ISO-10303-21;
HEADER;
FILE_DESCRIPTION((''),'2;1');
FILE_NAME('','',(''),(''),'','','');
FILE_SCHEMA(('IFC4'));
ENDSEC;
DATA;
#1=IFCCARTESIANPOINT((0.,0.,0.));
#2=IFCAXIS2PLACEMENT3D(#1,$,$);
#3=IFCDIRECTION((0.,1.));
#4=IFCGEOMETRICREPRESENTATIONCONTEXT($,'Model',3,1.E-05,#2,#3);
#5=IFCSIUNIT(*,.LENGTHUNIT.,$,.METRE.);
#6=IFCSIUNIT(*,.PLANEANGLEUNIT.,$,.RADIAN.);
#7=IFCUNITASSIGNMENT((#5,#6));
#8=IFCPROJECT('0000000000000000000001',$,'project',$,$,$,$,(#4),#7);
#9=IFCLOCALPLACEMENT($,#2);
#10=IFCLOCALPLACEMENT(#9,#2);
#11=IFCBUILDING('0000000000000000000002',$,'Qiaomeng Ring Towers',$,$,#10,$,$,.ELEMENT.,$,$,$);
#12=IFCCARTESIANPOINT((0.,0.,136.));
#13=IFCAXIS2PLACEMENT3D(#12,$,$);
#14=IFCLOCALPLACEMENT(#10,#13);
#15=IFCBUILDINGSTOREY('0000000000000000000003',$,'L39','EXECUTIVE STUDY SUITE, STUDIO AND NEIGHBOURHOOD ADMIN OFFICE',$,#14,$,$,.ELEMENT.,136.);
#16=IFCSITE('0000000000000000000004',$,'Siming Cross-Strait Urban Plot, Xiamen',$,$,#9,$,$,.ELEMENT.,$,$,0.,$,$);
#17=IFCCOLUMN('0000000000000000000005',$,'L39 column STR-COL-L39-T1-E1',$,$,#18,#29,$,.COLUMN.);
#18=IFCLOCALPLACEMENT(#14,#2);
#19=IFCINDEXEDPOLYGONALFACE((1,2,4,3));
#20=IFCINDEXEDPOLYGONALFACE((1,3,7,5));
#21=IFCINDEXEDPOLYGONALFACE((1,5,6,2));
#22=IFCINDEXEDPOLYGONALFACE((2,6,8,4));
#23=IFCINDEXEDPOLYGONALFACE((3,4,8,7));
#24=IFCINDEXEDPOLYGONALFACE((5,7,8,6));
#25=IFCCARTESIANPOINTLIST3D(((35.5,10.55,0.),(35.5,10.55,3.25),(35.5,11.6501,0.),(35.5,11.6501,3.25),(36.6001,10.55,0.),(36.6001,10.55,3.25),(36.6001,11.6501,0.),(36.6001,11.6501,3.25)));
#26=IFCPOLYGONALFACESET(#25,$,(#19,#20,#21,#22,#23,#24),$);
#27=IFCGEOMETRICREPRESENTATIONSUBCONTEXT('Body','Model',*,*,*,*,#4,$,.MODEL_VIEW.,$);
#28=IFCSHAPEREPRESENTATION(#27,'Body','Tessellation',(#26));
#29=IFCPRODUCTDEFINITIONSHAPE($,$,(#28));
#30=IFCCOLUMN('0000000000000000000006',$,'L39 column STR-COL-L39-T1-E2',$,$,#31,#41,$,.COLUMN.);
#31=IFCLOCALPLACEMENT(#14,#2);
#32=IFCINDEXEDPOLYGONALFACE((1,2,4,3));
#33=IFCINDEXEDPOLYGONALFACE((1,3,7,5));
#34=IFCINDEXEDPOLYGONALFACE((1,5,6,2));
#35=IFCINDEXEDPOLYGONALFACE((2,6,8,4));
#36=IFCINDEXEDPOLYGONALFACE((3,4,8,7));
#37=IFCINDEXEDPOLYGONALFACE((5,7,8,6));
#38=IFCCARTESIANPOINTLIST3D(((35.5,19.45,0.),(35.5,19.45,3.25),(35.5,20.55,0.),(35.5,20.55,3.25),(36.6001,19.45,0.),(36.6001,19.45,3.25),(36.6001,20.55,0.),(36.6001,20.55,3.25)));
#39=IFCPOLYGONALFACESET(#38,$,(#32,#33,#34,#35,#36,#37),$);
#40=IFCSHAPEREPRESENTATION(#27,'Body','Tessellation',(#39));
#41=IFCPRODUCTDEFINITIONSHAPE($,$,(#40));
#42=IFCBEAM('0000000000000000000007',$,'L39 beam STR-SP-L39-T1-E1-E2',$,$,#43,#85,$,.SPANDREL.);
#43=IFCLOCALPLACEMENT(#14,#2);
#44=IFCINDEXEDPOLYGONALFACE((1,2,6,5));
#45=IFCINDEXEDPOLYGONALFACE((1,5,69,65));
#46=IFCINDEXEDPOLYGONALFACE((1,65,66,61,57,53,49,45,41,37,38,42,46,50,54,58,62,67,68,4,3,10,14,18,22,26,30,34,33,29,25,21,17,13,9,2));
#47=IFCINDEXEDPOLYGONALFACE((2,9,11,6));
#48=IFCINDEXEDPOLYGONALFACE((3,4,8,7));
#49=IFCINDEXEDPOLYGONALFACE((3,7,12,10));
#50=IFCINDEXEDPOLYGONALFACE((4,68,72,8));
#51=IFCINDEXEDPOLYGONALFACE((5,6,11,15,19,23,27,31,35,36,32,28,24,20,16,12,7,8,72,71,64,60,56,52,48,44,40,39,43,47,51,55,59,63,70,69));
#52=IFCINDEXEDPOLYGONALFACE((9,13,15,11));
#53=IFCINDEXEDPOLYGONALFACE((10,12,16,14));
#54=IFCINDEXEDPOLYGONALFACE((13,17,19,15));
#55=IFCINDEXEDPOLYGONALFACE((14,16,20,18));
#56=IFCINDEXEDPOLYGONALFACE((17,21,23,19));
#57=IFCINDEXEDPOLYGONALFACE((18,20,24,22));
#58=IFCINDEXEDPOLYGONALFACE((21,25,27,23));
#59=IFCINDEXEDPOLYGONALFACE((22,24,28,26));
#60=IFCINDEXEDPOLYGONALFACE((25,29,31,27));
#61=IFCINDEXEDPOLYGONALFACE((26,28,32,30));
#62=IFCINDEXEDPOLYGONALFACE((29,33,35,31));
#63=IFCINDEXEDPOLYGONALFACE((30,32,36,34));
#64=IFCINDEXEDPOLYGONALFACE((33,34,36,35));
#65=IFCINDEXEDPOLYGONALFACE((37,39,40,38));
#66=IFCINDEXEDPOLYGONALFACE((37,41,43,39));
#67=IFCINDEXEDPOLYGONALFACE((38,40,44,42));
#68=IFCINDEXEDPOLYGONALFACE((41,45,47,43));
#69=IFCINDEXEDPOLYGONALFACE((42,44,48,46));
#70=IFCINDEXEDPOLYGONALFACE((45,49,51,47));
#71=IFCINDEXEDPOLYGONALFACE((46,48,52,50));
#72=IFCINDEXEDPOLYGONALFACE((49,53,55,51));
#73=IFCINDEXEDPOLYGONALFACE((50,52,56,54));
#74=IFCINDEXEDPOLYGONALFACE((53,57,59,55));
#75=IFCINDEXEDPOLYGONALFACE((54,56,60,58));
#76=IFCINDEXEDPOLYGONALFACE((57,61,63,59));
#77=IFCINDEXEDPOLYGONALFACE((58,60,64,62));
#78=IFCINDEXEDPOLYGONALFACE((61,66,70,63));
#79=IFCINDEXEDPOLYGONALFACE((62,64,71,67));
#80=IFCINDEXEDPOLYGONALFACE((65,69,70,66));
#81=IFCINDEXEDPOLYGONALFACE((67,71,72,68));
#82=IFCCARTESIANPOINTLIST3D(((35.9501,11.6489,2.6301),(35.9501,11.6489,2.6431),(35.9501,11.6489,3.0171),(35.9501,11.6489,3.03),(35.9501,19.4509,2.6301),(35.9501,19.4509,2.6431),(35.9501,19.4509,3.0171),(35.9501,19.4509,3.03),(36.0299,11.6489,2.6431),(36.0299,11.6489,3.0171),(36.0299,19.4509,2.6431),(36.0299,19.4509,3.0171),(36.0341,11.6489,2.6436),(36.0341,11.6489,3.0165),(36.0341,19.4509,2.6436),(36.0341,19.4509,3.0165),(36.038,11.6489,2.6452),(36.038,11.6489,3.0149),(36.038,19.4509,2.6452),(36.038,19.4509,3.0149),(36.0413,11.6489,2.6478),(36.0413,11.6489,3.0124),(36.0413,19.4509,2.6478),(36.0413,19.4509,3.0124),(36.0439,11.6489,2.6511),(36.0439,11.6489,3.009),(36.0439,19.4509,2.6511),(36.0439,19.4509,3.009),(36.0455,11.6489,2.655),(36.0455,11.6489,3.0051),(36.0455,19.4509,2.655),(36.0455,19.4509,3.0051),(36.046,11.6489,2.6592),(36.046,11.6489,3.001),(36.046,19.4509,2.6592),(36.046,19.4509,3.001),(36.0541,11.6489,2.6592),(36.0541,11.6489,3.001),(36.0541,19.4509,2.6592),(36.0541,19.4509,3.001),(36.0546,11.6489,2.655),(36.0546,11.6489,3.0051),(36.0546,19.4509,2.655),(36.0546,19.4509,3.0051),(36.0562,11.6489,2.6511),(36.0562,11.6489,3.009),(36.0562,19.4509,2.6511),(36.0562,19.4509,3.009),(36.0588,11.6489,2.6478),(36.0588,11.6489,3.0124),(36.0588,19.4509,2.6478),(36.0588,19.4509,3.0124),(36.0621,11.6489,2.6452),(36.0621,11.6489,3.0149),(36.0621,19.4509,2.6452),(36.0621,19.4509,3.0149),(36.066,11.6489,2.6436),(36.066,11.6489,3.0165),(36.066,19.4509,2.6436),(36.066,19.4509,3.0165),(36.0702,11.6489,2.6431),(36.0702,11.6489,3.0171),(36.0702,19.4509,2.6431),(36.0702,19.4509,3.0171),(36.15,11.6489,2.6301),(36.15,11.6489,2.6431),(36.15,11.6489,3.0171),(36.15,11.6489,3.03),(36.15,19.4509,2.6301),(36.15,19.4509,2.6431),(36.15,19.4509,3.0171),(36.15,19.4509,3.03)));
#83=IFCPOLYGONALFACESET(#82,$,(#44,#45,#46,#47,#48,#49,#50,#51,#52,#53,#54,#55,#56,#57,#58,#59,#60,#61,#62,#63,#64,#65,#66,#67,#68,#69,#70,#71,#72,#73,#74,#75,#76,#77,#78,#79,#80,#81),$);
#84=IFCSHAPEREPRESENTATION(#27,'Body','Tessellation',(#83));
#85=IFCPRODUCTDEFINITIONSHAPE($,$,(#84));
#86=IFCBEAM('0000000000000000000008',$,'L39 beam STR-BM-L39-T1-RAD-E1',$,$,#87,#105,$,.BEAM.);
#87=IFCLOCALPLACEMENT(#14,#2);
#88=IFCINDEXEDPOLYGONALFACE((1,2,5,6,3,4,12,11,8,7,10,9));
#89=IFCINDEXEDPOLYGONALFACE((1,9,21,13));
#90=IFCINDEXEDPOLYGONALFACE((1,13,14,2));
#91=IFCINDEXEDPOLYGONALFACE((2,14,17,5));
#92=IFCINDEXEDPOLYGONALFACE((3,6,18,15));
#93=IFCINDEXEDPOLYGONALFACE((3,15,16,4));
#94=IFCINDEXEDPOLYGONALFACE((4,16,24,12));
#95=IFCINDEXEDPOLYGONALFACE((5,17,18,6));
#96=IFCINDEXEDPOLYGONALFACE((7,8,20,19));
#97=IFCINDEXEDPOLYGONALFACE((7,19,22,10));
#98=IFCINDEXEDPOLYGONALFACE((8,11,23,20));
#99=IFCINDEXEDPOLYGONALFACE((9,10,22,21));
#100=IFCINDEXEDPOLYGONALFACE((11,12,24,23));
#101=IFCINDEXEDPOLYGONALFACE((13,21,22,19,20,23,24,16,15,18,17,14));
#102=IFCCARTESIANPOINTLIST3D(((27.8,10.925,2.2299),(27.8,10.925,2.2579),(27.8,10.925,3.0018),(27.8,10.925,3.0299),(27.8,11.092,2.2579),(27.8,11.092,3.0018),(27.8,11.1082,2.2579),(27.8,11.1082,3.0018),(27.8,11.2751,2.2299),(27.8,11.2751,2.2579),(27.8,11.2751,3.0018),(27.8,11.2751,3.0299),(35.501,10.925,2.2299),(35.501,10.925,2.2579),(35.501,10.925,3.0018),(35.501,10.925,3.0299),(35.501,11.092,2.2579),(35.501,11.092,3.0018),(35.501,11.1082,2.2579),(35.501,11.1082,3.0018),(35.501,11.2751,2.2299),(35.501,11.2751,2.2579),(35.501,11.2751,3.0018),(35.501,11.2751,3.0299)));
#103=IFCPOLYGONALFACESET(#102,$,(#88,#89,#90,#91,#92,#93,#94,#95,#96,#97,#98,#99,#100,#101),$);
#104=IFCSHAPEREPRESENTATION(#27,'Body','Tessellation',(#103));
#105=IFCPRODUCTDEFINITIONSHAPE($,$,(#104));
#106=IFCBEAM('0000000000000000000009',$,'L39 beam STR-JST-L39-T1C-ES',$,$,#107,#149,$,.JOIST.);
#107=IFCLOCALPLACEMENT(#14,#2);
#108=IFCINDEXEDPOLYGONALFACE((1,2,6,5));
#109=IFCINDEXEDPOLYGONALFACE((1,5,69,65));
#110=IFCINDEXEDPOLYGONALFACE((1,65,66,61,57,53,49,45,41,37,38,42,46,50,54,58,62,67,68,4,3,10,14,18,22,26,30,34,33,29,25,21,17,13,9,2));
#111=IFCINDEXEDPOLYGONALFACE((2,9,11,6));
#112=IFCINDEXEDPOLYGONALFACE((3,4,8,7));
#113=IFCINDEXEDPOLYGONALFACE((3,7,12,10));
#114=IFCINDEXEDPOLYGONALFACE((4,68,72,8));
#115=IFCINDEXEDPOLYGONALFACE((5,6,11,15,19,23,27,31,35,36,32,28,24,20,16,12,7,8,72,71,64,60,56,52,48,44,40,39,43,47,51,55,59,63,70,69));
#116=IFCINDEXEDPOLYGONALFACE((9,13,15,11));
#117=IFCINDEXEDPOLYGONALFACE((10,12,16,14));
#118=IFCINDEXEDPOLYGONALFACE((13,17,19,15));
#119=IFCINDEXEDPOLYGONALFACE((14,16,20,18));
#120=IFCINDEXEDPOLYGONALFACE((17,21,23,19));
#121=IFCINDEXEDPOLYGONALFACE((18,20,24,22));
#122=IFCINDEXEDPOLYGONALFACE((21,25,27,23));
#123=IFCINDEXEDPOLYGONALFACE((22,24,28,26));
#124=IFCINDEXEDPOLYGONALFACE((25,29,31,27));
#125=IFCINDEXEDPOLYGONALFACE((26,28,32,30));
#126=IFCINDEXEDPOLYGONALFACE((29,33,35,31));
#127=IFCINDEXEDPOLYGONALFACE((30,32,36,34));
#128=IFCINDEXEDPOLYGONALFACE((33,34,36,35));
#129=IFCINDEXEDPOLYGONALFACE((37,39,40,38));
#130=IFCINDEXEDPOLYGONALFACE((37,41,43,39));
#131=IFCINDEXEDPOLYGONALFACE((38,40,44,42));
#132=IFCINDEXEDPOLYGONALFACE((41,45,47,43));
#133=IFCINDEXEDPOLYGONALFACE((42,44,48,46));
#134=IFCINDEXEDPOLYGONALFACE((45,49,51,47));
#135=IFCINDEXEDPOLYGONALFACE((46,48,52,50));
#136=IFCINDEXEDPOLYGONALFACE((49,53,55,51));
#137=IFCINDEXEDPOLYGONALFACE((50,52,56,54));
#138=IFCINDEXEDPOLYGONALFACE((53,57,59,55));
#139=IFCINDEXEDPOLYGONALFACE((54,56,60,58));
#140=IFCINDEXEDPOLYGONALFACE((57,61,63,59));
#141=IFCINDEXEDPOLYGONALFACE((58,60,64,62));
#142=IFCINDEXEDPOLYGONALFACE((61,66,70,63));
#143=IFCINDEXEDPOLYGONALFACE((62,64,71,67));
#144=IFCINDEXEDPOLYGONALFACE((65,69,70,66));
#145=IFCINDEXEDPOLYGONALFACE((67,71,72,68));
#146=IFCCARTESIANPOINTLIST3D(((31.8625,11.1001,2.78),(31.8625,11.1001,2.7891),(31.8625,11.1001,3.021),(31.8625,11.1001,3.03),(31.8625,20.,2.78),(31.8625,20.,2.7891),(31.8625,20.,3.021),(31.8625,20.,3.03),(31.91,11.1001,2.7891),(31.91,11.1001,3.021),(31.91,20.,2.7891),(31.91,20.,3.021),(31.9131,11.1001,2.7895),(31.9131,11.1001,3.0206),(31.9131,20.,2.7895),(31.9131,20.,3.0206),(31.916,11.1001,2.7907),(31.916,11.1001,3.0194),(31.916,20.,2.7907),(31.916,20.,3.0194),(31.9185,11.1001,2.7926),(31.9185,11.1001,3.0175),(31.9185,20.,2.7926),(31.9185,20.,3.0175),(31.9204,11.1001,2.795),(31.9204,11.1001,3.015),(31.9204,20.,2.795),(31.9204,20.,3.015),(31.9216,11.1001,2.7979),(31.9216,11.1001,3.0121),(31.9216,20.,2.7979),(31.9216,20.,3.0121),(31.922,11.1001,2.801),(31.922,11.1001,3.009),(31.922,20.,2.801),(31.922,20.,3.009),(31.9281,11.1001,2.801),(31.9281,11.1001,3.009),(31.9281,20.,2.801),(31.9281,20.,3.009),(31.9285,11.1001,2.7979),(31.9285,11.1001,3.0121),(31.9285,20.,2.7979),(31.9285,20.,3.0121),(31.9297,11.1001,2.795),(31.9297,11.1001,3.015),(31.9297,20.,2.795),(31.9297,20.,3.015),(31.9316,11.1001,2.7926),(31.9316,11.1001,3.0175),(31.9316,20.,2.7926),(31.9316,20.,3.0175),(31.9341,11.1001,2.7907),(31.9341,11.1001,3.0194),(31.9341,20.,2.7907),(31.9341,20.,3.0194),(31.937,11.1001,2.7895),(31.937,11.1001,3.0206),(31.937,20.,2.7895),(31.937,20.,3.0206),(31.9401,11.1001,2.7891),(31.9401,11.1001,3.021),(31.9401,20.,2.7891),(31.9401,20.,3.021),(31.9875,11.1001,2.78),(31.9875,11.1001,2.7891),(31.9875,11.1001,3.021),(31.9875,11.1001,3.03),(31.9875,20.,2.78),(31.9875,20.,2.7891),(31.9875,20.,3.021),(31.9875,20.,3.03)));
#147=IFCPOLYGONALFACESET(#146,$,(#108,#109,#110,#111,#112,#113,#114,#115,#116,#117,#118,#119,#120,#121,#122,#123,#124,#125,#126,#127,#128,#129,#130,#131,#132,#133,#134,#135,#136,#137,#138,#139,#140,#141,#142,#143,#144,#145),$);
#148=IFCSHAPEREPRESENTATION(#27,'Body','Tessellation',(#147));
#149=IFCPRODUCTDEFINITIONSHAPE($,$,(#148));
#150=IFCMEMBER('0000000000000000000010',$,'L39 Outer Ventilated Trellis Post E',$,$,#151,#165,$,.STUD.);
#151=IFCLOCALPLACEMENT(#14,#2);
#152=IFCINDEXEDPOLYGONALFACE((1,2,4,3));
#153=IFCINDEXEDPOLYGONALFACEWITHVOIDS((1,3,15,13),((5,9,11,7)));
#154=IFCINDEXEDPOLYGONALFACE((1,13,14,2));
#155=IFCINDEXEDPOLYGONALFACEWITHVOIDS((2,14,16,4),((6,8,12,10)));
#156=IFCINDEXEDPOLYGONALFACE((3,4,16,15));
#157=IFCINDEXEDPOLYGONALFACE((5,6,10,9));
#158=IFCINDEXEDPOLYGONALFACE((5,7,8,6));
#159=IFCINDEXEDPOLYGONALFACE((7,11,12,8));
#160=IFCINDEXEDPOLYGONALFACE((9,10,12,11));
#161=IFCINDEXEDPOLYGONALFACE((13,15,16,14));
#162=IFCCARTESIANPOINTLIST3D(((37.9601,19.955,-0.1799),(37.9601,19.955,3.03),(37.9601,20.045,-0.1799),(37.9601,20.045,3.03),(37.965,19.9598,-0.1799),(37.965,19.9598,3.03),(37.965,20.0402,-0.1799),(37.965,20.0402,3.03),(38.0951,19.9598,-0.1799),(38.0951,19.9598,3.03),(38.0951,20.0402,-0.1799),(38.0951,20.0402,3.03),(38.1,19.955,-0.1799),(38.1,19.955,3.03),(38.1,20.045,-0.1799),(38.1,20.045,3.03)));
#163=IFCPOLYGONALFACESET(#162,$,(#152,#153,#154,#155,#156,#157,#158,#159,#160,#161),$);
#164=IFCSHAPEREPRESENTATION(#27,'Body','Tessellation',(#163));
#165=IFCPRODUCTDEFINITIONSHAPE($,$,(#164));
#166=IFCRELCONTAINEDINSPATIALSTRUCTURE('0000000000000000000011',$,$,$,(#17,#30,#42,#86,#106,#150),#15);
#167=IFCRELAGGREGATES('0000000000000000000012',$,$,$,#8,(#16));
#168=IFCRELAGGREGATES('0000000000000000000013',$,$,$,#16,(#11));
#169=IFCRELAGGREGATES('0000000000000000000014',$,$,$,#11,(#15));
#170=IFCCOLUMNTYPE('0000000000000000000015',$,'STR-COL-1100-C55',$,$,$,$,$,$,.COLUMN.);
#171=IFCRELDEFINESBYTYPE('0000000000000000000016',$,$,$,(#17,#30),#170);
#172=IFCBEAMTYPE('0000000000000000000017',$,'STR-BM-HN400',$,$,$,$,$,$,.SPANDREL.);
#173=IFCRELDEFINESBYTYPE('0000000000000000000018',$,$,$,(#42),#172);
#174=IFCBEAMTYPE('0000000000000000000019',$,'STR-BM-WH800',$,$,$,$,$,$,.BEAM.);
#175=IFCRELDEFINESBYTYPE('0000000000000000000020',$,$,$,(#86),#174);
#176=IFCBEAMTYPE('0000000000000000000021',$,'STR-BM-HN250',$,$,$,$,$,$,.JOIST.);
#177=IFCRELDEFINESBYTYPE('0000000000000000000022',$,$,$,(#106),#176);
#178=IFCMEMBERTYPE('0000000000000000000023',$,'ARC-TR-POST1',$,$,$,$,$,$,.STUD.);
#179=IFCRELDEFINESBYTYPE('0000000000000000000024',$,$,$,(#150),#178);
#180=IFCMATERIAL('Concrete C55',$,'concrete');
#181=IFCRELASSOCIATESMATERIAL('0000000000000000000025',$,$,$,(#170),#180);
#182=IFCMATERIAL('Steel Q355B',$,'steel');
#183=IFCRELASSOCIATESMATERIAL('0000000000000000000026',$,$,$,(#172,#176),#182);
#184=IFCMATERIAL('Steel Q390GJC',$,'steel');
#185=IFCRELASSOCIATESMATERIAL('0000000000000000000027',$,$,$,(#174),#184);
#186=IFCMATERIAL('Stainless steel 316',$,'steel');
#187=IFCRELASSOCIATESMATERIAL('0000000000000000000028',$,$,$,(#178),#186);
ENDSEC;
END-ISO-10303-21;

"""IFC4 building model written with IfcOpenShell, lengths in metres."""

from ifc_helpers import new_model, si_unit, direction, frame, origin, origin_2d, place, context, subcontext, project, spatial, rectangle, hollow_rectangle, i_section, extrude, source, transform, mapped, material, material_profile, profile_set, type_object, element, save


model = new_model("IFC4")

# Units and contexts
model_context = context("Model", 3, precision=1e-05, world=origin(), true_north=direction((0.0, 1.0)))
body_context = subcontext(model_context, "Body", "Model", "MODEL_VIEW")
ifc_project = project(units=[si_unit("LENGTHUNIT", "METRE"), si_unit("PLANEANGLEUNIT", "RADIAN")], contexts=[model_context])

# Site, building, storey
site_placement = place(None, origin())
site = spatial("IfcSite", under=ifc_project, at=site_placement, Name="Siming Cross-Strait Urban Plot, Xiamen", CompositionType="ELEMENT", RefElevation=0.0)
building_placement = place(site_placement, origin())
building = spatial("IfcBuilding", under=site, at=building_placement, Name="Qiaomeng Ring Towers", CompositionType="ELEMENT")
storey_placement = place(building_placement, frame((0.0, 0.0, 136.0)))
storey = spatial("IfcBuildingStorey", under=building, at=storey_placement, Name="L39", Description="EXECUTIVE STUDY SUITE, STUDIO AND NEIGHBOURHOOD ADMIN OFFICE", CompositionType="ELEMENT", Elevation=136.0)

# Columns
ifc_material_1 = material(Name="Concrete C55", Category="concrete")
ifc_material_profile_1 = material_profile(ifc_material_1, rectangle(XDim=1.1001, YDim=1.1001, at=origin_2d()), Name="RC COL 1100x1100")
ifc_profile_set_1 = profile_set([ifc_material_profile_1], Name="Concrete C55")
column_type = type_object("IfcColumnType", Name="STR-COL-1100-C55", PredefinedType="COLUMN", material=ifc_profile_set_1)
shared_shape_1 = source(origin(), body_context, "Body", "SweptSolid", [
    extrude(rectangle(XDim=1.1001, YDim=1.1001, at=origin_2d()), origin(), (0.0, 0.0, 1.0), 3.25),
])
for number, where, z_axis, x_axis, name in (
    (1, (36.05, 11.1001, 0.0), (0.0, 0.0, 1.0), (1.0, 0.0, 0.0), "L39 column STR-COL-L39-T1-E1"),
    (2, (36.05, 20.0, 0.0), (0.0, 0.0, 1.0), (1.0, 0.0, 0.0), "L39 column STR-COL-L39-T1-E2"),
):
    element("IfcColumn", number, at=place(storey_placement, frame(where, z_axis=z_axis, x_axis=x_axis)), inside=storey, type_object=column_type, Name=name, PredefinedType="COLUMN", context=body_context, shape_type="MappedRepresentation", body=[
        mapped(shared_shape_1, transform((0.0, 0.0, 0.0), x_axis=(1.0, 0.0, 0.0), y_axis=(0.0, 1.0, 0.0), z_axis=(0.0, 0.0, 1.0), scale=1.0)),
    ])

# Beams
ifc_material_2 = material(Name="Steel Q355B", Category="steel")
ifc_material_profile_2 = material_profile(ifc_material_2, i_section(OverallWidth=0.2, OverallDepth=0.3999, WebThickness=0.0081, FlangeThickness=0.0129, FilletRadius=0.0161, at=origin_2d()), Name="HN 400x200x8x13")
ifc_profile_set_2 = profile_set([ifc_material_profile_2], Name="Steel Q355B")
beam_type_1 = type_object("IfcBeamType", Name="STR-BM-HN400", PredefinedType="SPANDREL", material=ifc_profile_set_2)
shared_shape_2 = source(origin(), body_context, "Body", "SweptSolid", [
    extrude(i_section(OverallWidth=0.2, OverallDepth=0.3999, WebThickness=0.0081, FlangeThickness=0.0129, FilletRadius=0.0161, at=origin_2d()), origin(), (0.0, 0.0, 1.0), 7.802),
])
beam_1_placement = place(storey_placement, frame((36.05, 11.6489, 2.8301), z_axis=(0.0, 1.0, 0.0), x_axis=(-1.0, 0.0, 0.0)))
element("IfcBeam", 3, at=beam_1_placement, inside=storey, type_object=beam_type_1, Name="L39 beam STR-SP-L39-T1-E1-E2", PredefinedType="SPANDREL", context=body_context, shape_type="MappedRepresentation", body=[
    mapped(shared_shape_2, transform((0.0, 0.0, 0.0), x_axis=(1.0, 0.0, 0.0), y_axis=(0.0, 1.0, 0.0), z_axis=(0.0, 0.0, 1.0), scale=1.0)),
])
ifc_material_3 = material(Name="Steel Q390GJC", Category="steel")
ifc_material_profile_3 = material_profile(ifc_material_3, i_section(OverallWidth=0.3501, OverallDepth=0.8, WebThickness=0.0161, FlangeThickness=0.0281, at=origin_2d()), Name="WH 800x350x16x28")
ifc_profile_set_3 = profile_set([ifc_material_profile_3], Name="Steel Q390GJC")
beam_type_2 = type_object("IfcBeamType", Name="STR-BM-WH800", PredefinedType="BEAM", material=ifc_profile_set_3)
shared_shape_3 = source(origin(), body_context, "Body", "SweptSolid", [
    extrude(i_section(OverallWidth=0.3501, OverallDepth=0.8, WebThickness=0.0161, FlangeThickness=0.0281, at=origin_2d()), origin(), (0.0, 0.0, 1.0), 7.7009),
])
beam_2_placement = place(storey_placement, frame((27.8, 11.1001, 2.6299), z_axis=(1.0, 0.0, 0.0), x_axis=(0.0, 1.0, 0.0)))
element("IfcBeam", 4, at=beam_2_placement, inside=storey, type_object=beam_type_2, Name="L39 beam STR-BM-L39-T1-RAD-E1", PredefinedType="BEAM", context=body_context, shape_type="MappedRepresentation", body=[
    mapped(shared_shape_3, transform((0.0, 0.0, 0.0), x_axis=(1.0, 0.0, 0.0), y_axis=(0.0, 1.0, 0.0), z_axis=(0.0, 0.0, 1.0), scale=1.0)),
])
ifc_material_profile_4 = material_profile(ifc_material_2, i_section(OverallWidth=0.125, OverallDepth=0.25, WebThickness=0.0061, FlangeThickness=0.009, FilletRadius=0.012, at=origin_2d()), Name="HN 250x125x6x9")
ifc_profile_set_4 = profile_set([ifc_material_profile_4], Name="Steel Q355B")
beam_type_3 = type_object("IfcBeamType", Name="STR-BM-HN250", PredefinedType="JOIST", material=ifc_profile_set_4)
shared_shape_4 = source(origin(), body_context, "Body", "SweptSolid", [
    extrude(i_section(OverallWidth=0.125, OverallDepth=0.25, WebThickness=0.0061, FlangeThickness=0.009, FilletRadius=0.012, at=origin_2d()), origin(), (0.0, 0.0, 1.0), 8.8999),
])
beam_3_placement = place(storey_placement, frame((31.925, 11.1001, 2.905), z_axis=(0.0, 1.0, 0.0), x_axis=(-1.0, 0.0, 0.0)))
element("IfcBeam", 5, at=beam_3_placement, inside=storey, type_object=beam_type_3, Name="L39 beam STR-JST-L39-T1C-ES", PredefinedType="JOIST", context=body_context, shape_type="MappedRepresentation", body=[
    mapped(shared_shape_4, transform((0.0, 0.0, 0.0), x_axis=(1.0, 0.0, 0.0), y_axis=(0.0, 1.0, 0.0), z_axis=(0.0, 0.0, 1.0), scale=1.0)),
])

# Member
ifc_material_4 = material(Name="Stainless steel 316", Category="steel")
ifc_material_profile_5 = material_profile(ifc_material_4, hollow_rectangle(XDim=0.0901, YDim=0.1399, WallThickness=0.0049, at=origin_2d()), Name="SS TRELLIS 90x140")
ifc_profile_set_5 = profile_set([ifc_material_profile_5], Name="Stainless steel 316")
member_type = type_object("IfcMemberType", Name="ARC-TR-POST1", PredefinedType="STUD", material=ifc_profile_set_5)
shared_shape_5 = source(origin(), body_context, "Body", "SweptSolid", [
    extrude(hollow_rectangle(XDim=0.0901, YDim=0.1399, WallThickness=0.0049, at=origin_2d()), origin(), (0.0, 0.0, 1.0), 3.21),
])
member_placement = place(storey_placement, frame((38.03, 20.0, -0.1799), z_axis=(0.0, 0.0, 1.0), x_axis=(0.0, 1.0, 0.0)))
element("IfcMember", 6, at=member_placement, inside=storey, type_object=member_type, Name="L39 Outer Ventilated Trellis Post E", PredefinedType="STUD", context=body_context, shape_type="MappedRepresentation", body=[
    mapped(shared_shape_5, transform((0.0, 0.0, 0.0), x_axis=(1.0, 0.0, 0.0), y_axis=(0.0, 1.0, 0.0), z_axis=(0.0, 0.0, 1.0), scale=1.0)),
])

save(model, "model.ifc")
